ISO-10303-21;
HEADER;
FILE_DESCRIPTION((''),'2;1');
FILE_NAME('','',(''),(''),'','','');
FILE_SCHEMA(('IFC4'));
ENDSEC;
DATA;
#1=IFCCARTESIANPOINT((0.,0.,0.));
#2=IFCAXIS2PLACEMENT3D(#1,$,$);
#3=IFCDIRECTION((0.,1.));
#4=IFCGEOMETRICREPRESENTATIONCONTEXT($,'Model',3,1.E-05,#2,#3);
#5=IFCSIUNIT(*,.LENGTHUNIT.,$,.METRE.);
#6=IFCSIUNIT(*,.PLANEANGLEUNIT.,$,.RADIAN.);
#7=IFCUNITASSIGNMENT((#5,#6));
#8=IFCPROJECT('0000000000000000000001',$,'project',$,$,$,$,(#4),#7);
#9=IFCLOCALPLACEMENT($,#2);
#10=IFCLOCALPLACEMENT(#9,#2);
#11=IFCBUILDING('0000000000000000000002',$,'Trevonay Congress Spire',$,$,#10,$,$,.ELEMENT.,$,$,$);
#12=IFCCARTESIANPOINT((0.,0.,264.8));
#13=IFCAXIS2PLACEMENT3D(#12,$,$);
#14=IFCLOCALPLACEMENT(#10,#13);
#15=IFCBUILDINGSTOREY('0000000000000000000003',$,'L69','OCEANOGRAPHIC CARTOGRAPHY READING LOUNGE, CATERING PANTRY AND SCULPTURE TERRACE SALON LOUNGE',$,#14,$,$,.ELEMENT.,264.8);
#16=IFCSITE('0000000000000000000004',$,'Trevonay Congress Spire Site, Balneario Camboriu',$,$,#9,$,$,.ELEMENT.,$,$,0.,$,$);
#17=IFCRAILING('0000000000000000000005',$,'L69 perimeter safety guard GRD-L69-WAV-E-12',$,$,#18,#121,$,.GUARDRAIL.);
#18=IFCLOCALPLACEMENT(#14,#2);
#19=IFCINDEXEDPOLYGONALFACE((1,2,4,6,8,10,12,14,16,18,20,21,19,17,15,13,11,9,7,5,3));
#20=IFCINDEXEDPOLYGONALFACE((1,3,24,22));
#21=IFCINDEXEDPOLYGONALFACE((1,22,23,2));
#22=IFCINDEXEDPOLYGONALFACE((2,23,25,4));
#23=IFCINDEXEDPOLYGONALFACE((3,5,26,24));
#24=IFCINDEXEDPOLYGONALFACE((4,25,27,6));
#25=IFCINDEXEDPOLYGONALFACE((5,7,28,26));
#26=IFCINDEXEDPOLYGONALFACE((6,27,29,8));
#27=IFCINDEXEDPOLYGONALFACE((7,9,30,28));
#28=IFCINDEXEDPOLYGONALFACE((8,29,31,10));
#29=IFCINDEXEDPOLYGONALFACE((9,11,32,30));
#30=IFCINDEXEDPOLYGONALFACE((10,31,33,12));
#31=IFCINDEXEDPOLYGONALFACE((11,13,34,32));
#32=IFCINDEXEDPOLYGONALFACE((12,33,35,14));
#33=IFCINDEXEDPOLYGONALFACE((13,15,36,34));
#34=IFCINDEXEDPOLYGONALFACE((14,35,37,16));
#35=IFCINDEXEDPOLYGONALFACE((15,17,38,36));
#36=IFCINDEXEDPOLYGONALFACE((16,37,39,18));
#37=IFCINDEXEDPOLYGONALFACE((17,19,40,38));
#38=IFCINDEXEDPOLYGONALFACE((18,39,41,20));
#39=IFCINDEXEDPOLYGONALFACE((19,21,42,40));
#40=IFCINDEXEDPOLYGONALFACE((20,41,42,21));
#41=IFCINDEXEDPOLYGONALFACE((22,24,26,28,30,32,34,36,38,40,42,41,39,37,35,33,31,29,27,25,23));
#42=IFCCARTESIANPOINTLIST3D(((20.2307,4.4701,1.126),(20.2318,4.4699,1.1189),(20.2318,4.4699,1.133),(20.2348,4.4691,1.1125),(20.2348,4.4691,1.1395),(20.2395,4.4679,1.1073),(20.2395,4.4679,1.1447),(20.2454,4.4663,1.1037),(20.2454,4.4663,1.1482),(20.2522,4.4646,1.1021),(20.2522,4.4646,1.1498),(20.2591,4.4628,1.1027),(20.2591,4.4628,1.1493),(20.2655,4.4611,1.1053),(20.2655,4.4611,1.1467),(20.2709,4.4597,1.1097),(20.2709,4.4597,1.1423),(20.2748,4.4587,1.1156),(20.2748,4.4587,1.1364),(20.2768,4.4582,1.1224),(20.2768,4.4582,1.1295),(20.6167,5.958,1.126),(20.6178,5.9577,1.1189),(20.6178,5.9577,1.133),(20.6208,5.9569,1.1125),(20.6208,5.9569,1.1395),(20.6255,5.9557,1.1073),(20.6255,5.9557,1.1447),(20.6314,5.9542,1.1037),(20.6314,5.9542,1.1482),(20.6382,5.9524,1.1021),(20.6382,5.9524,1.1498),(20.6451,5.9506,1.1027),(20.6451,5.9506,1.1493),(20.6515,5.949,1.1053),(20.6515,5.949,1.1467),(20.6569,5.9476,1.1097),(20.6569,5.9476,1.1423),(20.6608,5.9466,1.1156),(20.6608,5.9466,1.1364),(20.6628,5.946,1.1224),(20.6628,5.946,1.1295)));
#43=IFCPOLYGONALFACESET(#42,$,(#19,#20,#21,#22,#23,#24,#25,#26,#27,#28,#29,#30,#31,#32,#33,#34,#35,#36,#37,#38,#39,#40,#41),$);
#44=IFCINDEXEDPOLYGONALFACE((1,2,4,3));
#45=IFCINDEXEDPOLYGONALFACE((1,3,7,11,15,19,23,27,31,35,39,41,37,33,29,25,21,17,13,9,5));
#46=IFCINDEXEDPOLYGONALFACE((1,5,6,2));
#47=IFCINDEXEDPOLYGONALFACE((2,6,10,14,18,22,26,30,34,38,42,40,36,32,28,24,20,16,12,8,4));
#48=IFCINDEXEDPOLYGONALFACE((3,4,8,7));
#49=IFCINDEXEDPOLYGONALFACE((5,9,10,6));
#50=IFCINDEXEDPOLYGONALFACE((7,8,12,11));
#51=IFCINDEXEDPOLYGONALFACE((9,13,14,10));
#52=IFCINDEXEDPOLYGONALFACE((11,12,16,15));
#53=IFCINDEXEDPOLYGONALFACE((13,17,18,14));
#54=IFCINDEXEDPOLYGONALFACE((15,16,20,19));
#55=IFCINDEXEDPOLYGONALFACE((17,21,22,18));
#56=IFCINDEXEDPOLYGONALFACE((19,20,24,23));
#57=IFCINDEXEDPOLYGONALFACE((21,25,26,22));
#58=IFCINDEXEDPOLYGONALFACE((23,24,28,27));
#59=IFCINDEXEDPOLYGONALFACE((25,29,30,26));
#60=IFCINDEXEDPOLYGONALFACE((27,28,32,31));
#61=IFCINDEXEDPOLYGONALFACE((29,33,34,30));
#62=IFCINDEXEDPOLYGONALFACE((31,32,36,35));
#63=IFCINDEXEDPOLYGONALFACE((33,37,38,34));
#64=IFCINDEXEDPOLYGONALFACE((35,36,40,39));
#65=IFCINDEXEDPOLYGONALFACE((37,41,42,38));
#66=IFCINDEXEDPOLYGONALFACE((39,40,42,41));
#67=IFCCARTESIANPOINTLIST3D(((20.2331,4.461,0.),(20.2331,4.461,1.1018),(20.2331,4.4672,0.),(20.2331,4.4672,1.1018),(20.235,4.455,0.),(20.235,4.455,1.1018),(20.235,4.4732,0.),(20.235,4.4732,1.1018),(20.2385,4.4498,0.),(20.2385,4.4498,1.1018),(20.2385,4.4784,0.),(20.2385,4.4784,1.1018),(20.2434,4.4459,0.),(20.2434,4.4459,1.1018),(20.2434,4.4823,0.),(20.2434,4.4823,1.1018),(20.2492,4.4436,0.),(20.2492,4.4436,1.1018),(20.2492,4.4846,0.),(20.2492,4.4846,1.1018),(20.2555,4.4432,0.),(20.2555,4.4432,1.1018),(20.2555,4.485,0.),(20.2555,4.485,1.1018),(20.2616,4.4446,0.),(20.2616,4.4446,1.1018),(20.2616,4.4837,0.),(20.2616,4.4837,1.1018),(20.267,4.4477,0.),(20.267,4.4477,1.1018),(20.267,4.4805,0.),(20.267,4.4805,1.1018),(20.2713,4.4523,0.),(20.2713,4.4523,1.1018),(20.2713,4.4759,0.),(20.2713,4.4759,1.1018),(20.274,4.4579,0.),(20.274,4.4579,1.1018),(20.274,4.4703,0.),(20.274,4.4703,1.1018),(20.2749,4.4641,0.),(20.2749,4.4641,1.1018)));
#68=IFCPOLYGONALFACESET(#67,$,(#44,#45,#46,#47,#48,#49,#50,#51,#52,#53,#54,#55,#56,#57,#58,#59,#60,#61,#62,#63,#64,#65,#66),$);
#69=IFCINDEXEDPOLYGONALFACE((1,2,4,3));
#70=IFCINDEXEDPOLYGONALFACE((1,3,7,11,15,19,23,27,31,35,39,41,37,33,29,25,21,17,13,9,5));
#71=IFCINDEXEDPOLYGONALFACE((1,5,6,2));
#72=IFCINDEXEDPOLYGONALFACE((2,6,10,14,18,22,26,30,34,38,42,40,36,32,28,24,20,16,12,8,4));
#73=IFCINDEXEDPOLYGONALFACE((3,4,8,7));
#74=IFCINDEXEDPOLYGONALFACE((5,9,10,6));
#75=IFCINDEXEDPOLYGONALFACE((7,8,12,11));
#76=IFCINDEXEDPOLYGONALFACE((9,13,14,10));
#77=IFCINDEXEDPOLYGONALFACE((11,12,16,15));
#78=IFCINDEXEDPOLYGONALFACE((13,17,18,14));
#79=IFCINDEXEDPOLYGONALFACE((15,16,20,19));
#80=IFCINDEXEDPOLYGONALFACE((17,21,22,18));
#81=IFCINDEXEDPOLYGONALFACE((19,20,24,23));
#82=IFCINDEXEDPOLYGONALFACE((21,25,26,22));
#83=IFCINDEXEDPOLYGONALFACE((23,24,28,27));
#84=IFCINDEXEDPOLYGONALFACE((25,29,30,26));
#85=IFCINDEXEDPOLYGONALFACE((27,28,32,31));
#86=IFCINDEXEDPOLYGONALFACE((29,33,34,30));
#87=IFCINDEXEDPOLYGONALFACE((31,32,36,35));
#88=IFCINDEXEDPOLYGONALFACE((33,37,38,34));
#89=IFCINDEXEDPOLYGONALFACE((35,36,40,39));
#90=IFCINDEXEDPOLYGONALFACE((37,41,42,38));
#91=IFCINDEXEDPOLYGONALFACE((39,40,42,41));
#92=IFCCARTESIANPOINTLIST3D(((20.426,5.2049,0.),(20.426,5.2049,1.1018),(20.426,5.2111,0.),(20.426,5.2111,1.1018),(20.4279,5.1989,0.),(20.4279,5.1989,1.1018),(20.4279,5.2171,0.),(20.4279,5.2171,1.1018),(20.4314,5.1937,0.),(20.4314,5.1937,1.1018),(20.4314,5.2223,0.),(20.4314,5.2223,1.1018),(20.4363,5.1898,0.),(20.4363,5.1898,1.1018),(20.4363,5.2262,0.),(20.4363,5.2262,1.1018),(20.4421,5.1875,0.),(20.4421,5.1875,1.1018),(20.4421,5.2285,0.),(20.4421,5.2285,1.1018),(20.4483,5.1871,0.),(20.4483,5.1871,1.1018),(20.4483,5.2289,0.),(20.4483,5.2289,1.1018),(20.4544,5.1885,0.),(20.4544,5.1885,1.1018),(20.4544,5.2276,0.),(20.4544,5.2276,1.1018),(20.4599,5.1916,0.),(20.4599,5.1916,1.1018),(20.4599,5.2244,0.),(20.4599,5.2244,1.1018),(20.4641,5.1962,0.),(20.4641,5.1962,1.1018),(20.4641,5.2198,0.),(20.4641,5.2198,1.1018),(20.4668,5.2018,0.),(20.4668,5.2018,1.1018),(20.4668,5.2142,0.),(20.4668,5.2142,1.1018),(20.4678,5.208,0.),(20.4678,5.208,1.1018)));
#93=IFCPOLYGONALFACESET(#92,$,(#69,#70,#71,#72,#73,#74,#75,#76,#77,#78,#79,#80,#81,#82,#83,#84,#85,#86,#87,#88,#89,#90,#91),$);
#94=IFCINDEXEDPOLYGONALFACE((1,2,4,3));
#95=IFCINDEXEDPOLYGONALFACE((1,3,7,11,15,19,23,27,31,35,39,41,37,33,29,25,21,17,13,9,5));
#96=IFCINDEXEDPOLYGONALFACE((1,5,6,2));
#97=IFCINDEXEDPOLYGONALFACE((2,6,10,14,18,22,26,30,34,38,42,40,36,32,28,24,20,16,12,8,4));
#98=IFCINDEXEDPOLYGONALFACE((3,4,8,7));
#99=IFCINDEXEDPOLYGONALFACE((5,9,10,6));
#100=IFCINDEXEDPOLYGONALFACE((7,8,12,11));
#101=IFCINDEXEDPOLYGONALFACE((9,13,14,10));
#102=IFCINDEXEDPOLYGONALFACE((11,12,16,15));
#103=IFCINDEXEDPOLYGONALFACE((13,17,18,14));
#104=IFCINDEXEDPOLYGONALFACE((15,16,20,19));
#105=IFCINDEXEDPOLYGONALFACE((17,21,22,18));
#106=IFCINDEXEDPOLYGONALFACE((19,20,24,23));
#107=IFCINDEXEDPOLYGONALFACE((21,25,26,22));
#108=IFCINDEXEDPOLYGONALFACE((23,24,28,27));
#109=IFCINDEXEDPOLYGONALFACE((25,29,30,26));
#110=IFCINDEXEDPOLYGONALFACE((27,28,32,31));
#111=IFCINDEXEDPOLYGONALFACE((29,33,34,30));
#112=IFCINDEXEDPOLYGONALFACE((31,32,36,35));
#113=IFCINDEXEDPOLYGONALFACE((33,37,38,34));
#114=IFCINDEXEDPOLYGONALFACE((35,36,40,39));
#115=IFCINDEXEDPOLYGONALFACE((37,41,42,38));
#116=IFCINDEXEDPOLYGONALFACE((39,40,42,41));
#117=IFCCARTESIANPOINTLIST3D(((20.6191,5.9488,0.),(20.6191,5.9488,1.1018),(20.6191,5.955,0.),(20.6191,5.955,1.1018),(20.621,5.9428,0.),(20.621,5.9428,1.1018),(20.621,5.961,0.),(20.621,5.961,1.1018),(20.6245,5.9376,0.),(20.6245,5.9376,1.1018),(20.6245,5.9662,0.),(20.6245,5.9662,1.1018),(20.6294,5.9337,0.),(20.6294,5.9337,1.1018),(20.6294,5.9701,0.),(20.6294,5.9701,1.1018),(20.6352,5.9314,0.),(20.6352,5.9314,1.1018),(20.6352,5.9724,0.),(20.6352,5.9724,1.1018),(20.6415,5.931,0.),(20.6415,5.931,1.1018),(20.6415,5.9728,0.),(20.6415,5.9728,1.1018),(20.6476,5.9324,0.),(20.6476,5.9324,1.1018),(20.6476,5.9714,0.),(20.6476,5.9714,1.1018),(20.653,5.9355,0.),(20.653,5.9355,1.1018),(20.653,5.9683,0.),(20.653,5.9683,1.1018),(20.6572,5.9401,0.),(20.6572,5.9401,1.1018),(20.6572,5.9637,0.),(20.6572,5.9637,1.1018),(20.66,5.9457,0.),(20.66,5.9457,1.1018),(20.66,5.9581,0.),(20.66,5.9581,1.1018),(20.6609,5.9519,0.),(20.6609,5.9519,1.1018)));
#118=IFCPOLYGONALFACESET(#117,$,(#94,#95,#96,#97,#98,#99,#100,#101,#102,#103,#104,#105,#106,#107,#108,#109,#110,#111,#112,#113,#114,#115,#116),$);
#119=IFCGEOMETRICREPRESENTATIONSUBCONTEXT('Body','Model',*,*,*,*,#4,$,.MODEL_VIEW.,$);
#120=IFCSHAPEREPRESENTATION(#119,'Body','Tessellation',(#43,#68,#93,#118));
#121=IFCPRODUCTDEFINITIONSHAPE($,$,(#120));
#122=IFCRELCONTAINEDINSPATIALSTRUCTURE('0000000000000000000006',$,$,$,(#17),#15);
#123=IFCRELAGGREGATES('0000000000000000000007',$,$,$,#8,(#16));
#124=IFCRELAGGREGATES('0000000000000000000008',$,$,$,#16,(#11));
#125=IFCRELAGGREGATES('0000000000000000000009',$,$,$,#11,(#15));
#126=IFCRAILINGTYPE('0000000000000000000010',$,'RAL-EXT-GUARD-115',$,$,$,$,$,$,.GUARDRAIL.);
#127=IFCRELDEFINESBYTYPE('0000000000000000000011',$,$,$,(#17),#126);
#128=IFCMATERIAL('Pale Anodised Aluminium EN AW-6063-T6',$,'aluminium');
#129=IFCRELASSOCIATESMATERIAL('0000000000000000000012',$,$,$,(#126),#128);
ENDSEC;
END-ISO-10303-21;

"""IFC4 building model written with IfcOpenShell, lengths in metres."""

from ifc_helpers import new_model, si_unit, direction, frame, origin, origin_2d, place, context, subcontext, project, spatial, circle, extrude, material, type_object, element, save


model = new_model("IFC4")

# Units and contexts
model_context = context("Model", 3, precision=1e-05, world=origin(), true_north=direction((0.0, 1.0)))
body_context = subcontext(model_context, "Body", "Model", "MODEL_VIEW")
ifc_project = project(units=[si_unit("LENGTHUNIT", "METRE"), si_unit("PLANEANGLEUNIT", "RADIAN")], contexts=[model_context])

# Site, building, storey
site_placement = place(None, origin())
site = spatial("IfcSite", under=ifc_project, at=site_placement, Name="Trevonay Congress Spire Site, Balneario Camboriu", CompositionType="ELEMENT", RefElevation=0.0)
building_placement = place(site_placement, origin())
building = spatial("IfcBuilding", under=site, at=building_placement, Name="Trevonay Congress Spire", CompositionType="ELEMENT")
storey_placement = place(building_placement, frame((0.0, 0.0, 264.8)))
storey = spatial("IfcBuildingStorey", under=building, at=storey_placement, Name="L69", Description="OCEANOGRAPHIC CARTOGRAPHY READING LOUNGE, CATERING PANTRY AND SCULPTURE TERRACE SALON LOUNGE", CompositionType="ELEMENT", Elevation=264.8)

# Shared definitions
ifc_material_1 = material(Name="Pale Anodised Aluminium EN AW-6063-T6", Category="aluminium")

# Railing
railing_type = type_object("IfcRailingType", Name="RAL-EXT-GUARD-115", PredefinedType="GUARDRAIL", material=ifc_material_1)
railing_1_placement = place(storey_placement, frame((20.2539, 4.4641, 0.0)))
element("IfcRailing", 1, at=railing_1_placement, inside=storey, type_object=railing_type, Name="L69 perimeter safety guard GRD-L69-WAV-E-12", PredefinedType="GUARDRAIL", context=body_context, shape_type="SweptSolid", body=[
    extrude(circle(Radius=0.0239, at=origin_2d()), frame((0.0, 0.0, 1.126), z_axis=(0.251122, 0.967955, 0.0), x_axis=(-0.967955, 0.251122, 0.0)), (0.0, 0.0, 1.0), 1.5371),
    extrude(circle(Radius=0.021, at=origin_2d()), origin(), (0.0, 0.0, 1.0), 1.1018),
    extrude(circle(Radius=0.021, at=origin_2d()), frame((0.1929, 0.7439, 0.0)), (0.0, 0.0, 1.0), 1.1018),
    extrude(circle(Radius=0.021, at=origin_2d()), frame((0.386, 1.4878, 0.0)), (0.0, 0.0, 1.0), 1.1018),
])

save(model, "model.ifc")
